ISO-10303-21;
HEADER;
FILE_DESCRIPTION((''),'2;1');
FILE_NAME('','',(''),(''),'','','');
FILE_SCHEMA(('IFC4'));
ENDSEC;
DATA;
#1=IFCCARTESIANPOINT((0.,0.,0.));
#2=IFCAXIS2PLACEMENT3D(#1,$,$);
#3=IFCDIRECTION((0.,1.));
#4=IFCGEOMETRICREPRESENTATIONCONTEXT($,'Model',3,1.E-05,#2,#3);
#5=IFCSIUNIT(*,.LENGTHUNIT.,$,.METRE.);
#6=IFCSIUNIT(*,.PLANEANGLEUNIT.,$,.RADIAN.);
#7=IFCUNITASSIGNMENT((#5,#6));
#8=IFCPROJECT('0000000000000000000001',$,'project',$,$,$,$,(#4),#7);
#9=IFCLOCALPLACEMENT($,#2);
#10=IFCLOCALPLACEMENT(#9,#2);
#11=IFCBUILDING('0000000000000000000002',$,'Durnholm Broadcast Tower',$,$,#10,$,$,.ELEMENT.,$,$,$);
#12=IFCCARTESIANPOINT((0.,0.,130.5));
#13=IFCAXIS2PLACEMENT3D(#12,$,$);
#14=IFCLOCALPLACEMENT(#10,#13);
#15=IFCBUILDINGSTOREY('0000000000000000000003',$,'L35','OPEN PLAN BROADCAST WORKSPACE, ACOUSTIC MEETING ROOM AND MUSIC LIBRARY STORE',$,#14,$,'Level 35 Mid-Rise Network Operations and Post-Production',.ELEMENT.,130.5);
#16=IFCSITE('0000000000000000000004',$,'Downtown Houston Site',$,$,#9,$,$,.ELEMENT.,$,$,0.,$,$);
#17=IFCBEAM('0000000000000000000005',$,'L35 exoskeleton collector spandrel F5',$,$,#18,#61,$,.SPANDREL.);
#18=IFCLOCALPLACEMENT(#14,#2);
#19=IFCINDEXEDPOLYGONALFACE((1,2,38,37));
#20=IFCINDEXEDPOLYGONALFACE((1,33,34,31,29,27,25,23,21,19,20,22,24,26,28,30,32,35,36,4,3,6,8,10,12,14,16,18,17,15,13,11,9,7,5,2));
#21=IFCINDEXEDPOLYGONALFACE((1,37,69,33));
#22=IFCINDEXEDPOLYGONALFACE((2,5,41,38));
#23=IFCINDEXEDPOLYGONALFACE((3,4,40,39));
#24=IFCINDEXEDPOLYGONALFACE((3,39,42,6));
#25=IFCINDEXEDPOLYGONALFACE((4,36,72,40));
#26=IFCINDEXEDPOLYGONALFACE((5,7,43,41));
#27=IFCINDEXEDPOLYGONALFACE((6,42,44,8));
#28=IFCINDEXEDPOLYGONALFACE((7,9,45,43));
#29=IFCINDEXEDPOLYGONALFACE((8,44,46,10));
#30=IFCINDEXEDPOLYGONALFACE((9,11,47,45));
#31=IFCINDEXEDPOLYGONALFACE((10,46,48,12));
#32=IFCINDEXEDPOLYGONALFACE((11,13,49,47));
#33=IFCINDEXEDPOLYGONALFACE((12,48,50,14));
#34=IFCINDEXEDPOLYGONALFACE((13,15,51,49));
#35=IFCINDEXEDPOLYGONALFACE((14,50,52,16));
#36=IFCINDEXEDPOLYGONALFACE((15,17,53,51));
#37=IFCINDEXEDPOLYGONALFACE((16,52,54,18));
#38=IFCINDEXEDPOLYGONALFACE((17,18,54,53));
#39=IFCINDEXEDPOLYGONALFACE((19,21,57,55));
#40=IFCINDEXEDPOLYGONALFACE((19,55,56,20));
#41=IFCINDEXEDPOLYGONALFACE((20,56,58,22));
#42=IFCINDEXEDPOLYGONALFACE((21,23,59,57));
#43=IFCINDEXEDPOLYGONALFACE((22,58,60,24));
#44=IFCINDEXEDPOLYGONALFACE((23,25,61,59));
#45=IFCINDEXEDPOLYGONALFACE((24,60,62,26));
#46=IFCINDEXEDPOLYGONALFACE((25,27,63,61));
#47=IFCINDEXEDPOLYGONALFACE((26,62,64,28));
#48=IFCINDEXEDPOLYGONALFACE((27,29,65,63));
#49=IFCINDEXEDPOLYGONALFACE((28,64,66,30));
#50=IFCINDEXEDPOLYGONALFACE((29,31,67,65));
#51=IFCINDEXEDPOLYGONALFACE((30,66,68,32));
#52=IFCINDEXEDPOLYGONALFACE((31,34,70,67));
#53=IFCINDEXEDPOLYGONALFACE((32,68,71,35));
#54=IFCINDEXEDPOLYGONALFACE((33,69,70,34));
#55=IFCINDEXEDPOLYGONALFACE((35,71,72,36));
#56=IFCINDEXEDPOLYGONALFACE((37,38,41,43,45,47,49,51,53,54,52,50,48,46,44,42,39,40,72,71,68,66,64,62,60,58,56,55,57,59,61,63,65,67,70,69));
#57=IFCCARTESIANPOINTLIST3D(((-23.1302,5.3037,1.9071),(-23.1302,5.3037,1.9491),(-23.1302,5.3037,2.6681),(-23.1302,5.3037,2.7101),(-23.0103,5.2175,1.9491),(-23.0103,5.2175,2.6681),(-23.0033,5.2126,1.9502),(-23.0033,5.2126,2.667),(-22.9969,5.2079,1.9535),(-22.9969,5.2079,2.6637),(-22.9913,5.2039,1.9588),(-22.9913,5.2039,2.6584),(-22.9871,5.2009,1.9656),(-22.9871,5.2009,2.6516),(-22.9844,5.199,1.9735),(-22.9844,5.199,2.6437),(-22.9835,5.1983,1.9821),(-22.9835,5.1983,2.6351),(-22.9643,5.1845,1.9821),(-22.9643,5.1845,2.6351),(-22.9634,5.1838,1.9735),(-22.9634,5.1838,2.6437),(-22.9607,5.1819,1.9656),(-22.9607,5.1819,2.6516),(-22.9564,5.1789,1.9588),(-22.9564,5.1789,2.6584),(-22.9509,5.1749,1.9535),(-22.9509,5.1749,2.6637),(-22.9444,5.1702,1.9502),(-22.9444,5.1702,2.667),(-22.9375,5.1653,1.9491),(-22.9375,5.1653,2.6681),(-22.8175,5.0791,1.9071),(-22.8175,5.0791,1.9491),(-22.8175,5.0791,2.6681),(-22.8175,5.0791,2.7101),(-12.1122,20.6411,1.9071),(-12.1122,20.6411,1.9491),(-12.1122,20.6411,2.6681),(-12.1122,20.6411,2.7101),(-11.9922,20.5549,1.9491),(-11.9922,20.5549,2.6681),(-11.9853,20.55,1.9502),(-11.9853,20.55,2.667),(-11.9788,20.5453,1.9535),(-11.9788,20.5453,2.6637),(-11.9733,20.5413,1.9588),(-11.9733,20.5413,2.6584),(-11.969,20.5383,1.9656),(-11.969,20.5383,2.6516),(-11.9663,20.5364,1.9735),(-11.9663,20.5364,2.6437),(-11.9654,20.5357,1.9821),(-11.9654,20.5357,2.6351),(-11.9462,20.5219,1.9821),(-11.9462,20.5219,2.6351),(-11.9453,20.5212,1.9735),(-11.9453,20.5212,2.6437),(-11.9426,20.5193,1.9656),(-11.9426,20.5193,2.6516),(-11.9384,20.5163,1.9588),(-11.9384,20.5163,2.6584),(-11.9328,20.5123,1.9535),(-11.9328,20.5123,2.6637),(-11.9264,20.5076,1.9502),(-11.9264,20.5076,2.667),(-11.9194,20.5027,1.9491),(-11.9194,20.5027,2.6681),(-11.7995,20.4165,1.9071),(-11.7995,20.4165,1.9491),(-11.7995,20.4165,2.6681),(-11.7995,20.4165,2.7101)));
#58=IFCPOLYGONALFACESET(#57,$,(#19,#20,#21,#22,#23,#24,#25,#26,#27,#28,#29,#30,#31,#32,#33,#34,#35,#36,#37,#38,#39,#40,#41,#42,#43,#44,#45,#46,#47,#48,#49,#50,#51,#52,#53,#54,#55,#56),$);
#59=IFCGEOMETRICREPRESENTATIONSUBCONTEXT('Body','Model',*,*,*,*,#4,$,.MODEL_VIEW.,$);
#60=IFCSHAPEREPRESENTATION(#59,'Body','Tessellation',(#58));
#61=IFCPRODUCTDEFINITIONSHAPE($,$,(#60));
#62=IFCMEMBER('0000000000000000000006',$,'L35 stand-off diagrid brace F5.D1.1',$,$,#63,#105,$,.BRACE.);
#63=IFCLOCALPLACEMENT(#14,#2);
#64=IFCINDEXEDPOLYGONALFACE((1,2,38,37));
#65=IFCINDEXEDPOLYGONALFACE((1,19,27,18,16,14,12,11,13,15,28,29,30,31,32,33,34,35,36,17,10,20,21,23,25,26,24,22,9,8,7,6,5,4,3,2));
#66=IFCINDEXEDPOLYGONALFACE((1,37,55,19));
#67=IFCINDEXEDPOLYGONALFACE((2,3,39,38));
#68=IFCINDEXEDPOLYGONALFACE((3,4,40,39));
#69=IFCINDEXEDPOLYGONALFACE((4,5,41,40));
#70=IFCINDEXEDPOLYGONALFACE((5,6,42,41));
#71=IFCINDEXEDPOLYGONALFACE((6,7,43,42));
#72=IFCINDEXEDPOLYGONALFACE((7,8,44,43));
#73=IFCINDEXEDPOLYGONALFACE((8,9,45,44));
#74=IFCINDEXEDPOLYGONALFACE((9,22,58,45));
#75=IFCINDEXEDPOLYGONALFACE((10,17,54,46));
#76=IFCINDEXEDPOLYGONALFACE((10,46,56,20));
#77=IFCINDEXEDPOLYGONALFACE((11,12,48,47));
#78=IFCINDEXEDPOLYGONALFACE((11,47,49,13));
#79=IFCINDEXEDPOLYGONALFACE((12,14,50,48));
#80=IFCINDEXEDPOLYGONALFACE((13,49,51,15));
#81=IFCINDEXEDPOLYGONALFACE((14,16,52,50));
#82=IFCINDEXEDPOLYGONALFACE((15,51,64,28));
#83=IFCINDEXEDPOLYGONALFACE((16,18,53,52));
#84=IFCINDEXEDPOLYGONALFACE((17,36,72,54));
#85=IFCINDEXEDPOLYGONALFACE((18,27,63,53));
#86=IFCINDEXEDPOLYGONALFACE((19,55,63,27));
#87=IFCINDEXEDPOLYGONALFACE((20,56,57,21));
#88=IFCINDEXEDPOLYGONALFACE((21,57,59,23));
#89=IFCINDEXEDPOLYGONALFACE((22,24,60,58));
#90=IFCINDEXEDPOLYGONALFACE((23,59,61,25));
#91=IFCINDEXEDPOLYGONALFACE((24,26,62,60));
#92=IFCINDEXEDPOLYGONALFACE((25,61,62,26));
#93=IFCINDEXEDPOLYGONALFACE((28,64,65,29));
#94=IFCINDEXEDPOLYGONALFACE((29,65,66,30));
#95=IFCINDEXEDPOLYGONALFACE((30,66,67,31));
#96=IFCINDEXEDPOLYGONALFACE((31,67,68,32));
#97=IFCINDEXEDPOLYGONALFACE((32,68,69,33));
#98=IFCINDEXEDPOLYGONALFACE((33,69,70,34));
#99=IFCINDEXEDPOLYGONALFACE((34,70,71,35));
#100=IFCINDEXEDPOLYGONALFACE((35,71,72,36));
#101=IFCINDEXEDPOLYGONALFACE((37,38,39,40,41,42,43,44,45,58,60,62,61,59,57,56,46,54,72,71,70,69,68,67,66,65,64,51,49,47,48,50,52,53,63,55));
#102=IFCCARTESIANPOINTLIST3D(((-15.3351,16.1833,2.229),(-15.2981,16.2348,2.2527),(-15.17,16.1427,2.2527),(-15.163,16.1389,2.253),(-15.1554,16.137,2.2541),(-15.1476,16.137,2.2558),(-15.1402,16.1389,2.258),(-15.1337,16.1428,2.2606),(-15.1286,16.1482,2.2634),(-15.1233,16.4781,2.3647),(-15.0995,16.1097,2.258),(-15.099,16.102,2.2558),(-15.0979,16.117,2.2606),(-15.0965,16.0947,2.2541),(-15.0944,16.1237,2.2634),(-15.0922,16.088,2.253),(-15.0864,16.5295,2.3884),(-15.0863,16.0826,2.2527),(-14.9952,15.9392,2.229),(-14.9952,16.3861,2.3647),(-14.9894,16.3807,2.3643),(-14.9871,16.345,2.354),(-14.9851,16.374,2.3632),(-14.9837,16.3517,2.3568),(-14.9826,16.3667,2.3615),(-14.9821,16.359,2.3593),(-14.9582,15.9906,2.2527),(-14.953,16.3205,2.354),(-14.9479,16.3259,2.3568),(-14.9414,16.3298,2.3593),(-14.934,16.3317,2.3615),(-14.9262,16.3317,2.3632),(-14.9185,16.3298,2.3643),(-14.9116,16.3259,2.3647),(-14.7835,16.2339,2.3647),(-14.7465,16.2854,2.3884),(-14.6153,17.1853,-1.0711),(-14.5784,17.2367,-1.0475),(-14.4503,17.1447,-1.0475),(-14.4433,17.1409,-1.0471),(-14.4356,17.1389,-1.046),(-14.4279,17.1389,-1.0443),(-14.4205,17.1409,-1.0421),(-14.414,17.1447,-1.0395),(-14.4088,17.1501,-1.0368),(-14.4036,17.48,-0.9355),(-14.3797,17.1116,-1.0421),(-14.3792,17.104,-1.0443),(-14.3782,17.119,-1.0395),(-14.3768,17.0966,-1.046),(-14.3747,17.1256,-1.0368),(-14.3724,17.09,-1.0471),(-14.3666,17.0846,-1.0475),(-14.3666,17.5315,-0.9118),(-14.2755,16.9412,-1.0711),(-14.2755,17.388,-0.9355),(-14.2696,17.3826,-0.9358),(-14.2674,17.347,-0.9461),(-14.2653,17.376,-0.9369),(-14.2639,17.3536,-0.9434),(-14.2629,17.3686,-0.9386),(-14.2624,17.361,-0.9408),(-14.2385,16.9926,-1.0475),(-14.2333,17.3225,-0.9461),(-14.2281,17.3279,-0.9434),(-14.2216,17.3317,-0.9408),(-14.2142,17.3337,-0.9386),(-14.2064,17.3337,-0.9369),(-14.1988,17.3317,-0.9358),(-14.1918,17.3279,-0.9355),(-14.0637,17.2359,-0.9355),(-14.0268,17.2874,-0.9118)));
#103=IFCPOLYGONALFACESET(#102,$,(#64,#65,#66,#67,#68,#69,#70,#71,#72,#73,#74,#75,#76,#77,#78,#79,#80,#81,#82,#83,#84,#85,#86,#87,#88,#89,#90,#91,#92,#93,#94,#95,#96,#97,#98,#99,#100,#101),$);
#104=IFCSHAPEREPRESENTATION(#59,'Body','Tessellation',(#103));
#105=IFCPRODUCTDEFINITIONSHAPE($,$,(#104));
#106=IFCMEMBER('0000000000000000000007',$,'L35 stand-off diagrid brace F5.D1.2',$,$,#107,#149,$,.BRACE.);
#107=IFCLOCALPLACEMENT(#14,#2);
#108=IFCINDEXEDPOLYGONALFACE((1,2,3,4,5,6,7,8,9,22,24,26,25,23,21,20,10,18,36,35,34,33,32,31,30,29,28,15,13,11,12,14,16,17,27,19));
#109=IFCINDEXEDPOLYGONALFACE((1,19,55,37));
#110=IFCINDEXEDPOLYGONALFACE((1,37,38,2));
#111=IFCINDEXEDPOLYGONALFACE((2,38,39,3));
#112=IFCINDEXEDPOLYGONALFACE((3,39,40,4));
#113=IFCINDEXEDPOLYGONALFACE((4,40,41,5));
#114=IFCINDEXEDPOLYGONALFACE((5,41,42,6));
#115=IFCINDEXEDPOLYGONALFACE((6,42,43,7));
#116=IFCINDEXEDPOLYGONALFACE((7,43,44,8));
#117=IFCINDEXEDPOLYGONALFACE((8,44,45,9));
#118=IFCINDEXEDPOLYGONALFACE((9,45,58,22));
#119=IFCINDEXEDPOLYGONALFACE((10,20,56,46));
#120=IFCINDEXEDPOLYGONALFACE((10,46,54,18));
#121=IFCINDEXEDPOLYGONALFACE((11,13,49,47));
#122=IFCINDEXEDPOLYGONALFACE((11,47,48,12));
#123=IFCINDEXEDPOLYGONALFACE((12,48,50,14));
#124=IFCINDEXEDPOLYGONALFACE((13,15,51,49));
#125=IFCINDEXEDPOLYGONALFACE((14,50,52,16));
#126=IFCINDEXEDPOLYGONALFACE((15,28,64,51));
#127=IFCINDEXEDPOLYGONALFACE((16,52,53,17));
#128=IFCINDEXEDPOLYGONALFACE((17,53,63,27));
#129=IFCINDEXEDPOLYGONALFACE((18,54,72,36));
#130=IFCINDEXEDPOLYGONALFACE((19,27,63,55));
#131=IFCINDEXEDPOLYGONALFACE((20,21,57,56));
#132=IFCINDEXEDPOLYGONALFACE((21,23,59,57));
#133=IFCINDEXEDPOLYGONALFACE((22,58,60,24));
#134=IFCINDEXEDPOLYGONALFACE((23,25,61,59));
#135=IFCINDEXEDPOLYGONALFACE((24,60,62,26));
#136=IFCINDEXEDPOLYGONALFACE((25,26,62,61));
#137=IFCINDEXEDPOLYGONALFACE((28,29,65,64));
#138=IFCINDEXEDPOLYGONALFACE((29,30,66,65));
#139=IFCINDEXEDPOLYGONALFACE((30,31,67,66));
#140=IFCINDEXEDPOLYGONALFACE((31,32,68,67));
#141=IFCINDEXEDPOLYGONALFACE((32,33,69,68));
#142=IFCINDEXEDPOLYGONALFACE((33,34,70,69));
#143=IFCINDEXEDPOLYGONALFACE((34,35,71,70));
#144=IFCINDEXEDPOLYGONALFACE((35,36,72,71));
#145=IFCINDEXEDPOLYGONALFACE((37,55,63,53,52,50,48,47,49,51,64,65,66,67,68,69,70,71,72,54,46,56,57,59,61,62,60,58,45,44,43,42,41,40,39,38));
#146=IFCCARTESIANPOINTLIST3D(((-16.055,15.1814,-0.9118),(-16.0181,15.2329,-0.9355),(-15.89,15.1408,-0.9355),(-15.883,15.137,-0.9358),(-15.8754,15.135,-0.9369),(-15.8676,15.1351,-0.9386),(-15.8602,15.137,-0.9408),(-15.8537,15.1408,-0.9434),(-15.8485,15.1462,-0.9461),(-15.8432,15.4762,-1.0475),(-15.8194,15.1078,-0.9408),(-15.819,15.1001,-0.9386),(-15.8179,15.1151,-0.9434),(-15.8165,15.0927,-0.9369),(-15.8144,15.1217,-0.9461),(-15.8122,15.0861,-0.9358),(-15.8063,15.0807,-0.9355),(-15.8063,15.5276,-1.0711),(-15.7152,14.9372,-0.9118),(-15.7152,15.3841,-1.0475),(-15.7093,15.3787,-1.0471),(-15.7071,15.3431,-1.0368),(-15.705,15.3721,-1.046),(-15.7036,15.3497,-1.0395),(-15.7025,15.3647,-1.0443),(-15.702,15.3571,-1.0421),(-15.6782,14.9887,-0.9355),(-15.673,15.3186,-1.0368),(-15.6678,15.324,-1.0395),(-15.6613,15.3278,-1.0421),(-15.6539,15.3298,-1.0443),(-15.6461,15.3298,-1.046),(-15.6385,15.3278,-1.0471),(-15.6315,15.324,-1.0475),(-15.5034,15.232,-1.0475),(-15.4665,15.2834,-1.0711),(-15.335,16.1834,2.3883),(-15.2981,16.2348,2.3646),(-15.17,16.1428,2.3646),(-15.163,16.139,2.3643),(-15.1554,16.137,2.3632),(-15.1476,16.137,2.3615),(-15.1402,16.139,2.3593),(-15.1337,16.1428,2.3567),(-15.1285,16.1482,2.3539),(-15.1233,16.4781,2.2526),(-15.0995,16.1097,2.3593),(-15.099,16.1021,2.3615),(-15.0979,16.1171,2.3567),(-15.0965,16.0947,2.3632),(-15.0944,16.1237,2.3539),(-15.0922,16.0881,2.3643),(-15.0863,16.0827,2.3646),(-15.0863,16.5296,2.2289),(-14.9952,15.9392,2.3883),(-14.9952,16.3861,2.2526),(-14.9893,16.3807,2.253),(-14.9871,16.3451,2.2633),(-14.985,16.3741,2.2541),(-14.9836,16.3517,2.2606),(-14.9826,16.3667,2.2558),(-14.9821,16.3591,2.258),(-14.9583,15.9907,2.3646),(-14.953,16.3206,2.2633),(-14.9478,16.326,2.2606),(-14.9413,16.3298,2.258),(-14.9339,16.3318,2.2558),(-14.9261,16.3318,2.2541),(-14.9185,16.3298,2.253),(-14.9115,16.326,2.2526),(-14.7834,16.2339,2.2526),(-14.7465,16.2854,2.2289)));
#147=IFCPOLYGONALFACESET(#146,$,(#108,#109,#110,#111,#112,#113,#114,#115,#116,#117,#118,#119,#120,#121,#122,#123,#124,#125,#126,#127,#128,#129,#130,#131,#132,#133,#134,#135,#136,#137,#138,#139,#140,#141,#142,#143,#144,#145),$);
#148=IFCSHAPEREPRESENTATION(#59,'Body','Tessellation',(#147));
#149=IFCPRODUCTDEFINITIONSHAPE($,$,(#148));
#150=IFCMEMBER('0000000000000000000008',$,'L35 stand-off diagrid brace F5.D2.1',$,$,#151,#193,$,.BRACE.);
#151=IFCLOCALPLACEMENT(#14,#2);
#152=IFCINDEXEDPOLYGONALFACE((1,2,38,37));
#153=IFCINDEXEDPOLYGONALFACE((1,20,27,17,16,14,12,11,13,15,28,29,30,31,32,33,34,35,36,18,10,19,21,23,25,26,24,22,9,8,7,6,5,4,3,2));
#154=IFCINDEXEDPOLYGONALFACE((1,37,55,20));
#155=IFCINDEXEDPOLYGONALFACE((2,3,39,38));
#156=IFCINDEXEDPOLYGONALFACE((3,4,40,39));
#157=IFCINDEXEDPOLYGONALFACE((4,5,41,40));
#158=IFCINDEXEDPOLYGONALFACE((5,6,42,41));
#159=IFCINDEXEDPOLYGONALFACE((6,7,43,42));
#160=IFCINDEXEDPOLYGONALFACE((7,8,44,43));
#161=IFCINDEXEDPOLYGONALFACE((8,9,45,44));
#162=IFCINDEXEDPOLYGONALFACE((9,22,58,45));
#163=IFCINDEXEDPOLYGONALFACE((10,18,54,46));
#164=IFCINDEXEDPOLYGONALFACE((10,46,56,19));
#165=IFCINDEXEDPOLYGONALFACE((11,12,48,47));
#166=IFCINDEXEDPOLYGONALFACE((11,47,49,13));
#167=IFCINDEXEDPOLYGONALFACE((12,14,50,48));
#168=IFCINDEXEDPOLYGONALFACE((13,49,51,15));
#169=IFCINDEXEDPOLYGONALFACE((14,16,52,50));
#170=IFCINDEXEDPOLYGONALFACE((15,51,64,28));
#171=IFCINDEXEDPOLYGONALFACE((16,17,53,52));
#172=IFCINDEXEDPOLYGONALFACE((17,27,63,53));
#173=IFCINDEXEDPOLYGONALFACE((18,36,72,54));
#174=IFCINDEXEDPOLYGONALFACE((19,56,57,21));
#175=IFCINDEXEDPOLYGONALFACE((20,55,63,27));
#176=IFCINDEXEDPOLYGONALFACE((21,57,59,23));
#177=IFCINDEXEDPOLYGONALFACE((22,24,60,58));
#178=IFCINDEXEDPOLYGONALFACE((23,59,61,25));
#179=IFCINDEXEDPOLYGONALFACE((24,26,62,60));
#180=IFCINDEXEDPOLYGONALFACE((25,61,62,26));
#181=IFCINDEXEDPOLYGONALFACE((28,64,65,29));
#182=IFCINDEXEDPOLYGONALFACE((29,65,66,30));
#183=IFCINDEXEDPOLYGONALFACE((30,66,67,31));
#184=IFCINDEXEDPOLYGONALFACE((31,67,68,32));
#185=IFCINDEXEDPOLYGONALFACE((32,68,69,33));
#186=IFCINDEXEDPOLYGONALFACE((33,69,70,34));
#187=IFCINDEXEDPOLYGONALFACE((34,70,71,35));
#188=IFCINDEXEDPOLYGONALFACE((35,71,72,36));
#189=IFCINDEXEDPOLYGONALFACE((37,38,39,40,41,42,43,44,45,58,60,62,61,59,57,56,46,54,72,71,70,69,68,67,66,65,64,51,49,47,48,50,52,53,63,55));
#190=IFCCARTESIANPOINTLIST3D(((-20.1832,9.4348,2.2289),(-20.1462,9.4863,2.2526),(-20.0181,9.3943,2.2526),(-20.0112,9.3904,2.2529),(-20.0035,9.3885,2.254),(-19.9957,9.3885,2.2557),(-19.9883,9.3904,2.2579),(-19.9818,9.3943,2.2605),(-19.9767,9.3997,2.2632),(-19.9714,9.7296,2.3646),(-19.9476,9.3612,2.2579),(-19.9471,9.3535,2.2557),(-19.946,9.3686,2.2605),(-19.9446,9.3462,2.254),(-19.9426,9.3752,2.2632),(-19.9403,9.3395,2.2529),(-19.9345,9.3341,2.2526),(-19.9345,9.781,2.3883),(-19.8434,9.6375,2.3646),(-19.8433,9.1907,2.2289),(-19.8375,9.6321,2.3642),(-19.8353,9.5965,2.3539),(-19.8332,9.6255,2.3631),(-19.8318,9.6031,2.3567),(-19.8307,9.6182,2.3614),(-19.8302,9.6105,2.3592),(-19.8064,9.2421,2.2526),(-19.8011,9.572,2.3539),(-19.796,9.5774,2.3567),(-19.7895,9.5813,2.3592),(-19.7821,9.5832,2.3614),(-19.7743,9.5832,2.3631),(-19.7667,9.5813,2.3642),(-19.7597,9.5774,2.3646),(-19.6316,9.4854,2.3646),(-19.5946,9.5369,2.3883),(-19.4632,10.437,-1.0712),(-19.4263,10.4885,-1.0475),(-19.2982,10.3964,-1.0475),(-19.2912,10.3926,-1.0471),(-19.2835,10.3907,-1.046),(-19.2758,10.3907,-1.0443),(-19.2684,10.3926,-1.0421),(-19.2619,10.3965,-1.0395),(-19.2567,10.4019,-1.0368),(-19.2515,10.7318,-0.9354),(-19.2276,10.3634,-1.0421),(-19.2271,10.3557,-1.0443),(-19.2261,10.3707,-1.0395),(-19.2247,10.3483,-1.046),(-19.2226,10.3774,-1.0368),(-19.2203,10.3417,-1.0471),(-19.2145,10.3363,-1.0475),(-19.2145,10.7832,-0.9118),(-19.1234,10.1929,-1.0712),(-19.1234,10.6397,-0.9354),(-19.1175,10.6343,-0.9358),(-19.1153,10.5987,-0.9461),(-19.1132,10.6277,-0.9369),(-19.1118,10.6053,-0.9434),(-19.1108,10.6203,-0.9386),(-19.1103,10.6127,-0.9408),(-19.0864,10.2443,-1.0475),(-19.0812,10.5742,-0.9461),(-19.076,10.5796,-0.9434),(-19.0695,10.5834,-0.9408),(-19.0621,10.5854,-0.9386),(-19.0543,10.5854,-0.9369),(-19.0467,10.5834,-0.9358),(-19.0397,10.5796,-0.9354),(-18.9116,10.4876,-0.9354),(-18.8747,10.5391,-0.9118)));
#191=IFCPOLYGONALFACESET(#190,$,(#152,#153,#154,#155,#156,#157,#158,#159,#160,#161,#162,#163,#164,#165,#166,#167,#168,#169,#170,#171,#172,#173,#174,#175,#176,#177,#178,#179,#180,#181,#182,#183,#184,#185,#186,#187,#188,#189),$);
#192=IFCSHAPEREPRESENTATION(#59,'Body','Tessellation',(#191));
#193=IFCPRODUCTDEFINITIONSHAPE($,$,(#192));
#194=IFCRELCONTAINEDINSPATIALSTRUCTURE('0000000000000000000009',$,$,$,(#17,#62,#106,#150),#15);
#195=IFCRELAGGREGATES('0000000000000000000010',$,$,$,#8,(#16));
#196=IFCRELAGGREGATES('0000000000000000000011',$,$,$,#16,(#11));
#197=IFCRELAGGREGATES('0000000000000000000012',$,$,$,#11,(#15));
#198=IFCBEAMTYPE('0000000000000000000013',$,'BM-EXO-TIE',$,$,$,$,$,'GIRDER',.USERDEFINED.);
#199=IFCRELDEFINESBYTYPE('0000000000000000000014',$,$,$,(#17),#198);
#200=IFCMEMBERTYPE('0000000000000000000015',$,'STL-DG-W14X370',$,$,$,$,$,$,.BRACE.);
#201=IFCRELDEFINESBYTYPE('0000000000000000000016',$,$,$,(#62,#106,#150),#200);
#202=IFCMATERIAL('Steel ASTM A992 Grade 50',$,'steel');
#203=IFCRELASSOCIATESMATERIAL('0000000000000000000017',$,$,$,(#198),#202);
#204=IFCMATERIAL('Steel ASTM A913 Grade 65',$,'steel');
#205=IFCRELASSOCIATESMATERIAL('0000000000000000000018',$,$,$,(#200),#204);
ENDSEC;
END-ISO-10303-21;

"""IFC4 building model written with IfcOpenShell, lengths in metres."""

from ifc_helpers import new_model, si_unit, direction, frame, origin, origin_2d, place, context, subcontext, project, spatial, i_section, extrude, source, transform, mapped, material, material_profile, profile_set, type_object, type_shapes, element, save


model = new_model("IFC4")

# Units and contexts
model_context = context("Model", 3, precision=1e-05, world=origin(), true_north=direction((0.0, 1.0)))
body_context = subcontext(model_context, "Body", "Model", "MODEL_VIEW")
ifc_project = project(units=[si_unit("LENGTHUNIT", "METRE"), si_unit("PLANEANGLEUNIT", "RADIAN")], contexts=[model_context])

# Site, building, storey
site_placement = place(None, origin())
site = spatial("IfcSite", under=ifc_project, at=site_placement, Name="Downtown Houston Site", CompositionType="ELEMENT", RefElevation=0.0)
building_placement = place(site_placement, origin())
building = spatial("IfcBuilding", under=site, at=building_placement, Name="Durnholm Broadcast Tower", CompositionType="ELEMENT")
storey_placement = place(building_placement, frame((0.0, 0.0, 130.5)))
storey = spatial("IfcBuildingStorey", under=building, at=storey_placement, Name="L35", Description="OPEN PLAN BROADCAST WORKSPACE, ACOUSTIC MEETING ROOM AND MUSIC LIBRARY STORE", LongName="Level 35 Mid-Rise Network Operations and Post-Production", CompositionType="ELEMENT", Elevation=130.5)

# Beam
ifc_material_1 = material(Name="Steel ASTM A992 Grade 50", Category="steel")
ifc_material_profile_1 = material_profile(ifc_material_1, i_section(OverallWidth=0.385, OverallDepth=0.803, WebThickness=0.0237, FlangeThickness=0.042, FilletRadius=0.033, at=origin_2d()), Name="W30X261")
ifc_profile_set_1 = profile_set([ifc_material_profile_1], Name="Steel ASTM A992 Grade 50")
beam_type = type_object("IfcBeamType", Name="BM-EXO-TIE", ElementType="GIRDER", PredefinedType="USERDEFINED", material=ifc_profile_set_1)
shared_shape_1 = source(origin(), body_context, "Body", "SweptSolid", [
    extrude(i_section(OverallWidth=0.385, OverallDepth=0.803, WebThickness=0.0237, FlangeThickness=0.042, FilletRadius=0.033, at=origin_2d()), origin(), (0.0, 0.0, 1.0), 18.8848),
])
type_shapes(beam_type, [shared_shape_1])
beam_placement = place(storey_placement, frame((-11.9558, 20.5288, 2.3086), z_axis=(-0.583437, -0.812158, 0.0), x_axis=(0.812158, -0.583437, 0.0)))
element("IfcBeam", 1, at=beam_placement, inside=storey, type_object=beam_type, Name="L35 exoskeleton collector spandrel F5", PredefinedType="SPANDREL", context=body_context, shape_type="MappedRepresentation", body=[
    mapped(shared_shape_1, transform((0.0, 0.0, 0.0), x_axis=(1.0, 0.0, 0.0), y_axis=(0.0, 1.0, 0.0), z_axis=(0.0, 0.0, 1.0), scale=1.0)),
])

# Members
ifc_material_2 = material(Name="Steel ASTM A913 Grade 65", Category="steel")
ifc_material_profile_2 = material_profile(ifc_material_2, i_section(OverallWidth=0.4185, OverallDepth=0.4551, WebThickness=0.042, FlangeThickness=0.0676, FilletRadius=0.0305, at=origin_2d()), Name="W14X370")
ifc_profile_set_2 = profile_set([ifc_material_profile_2], Name="Steel ASTM A913 Grade 65")
member_type_1 = type_object("IfcMemberType", Name="STL-DG-W14X370", PredefinedType="BRACE", material=ifc_profile_set_2)
shared_shape_2 = source(origin(), body_context, "Body", "SweptSolid", [
    extrude(i_section(OverallWidth=0.4185, OverallDepth=0.4551, WebThickness=0.042, FlangeThickness=0.0676, FilletRadius=0.0305, at=origin_2d()), origin(), (0.0, 0.0, 1.0), 3.5232),
])
type_shapes(member_type_1, [shared_shape_2])
for number, where, z_axis, x_axis, name in (
    (2, (-14.321, 17.2363, -0.9915), (-0.204288, -0.284395, 0.936689), (0.812179, -0.583408, 0.0), "L35 stand-off diagrid brace F5.D1.1"),
    (3, (-15.7607, 15.2324, -0.9915), (0.204354, 0.284391, 0.936675), (-0.812086, 0.583538, 0.0), "L35 stand-off diagrid brace F5.D1.2"),
    (4, (-19.1689, 10.488, -0.9915), (-0.20435, -0.284455, 0.936657), (0.812153, -0.583444, 0.0), "L35 stand-off diagrid brace F5.D2.1"),
):
    element("IfcMember", number, at=place(storey_placement, frame(where, z_axis=z_axis, x_axis=x_axis)), inside=storey, type_object=member_type_1, Name=name, PredefinedType="BRACE", context=body_context, shape_type="MappedRepresentation", body=[
        mapped(shared_shape_2, transform((0.0, 0.0, 0.0), x_axis=(1.0, 0.0, 0.0), y_axis=(0.0, 1.0, 0.0), z_axis=(0.0, 0.0, 1.0), scale=1.0)),
    ])

save(model, "model.ifc")
